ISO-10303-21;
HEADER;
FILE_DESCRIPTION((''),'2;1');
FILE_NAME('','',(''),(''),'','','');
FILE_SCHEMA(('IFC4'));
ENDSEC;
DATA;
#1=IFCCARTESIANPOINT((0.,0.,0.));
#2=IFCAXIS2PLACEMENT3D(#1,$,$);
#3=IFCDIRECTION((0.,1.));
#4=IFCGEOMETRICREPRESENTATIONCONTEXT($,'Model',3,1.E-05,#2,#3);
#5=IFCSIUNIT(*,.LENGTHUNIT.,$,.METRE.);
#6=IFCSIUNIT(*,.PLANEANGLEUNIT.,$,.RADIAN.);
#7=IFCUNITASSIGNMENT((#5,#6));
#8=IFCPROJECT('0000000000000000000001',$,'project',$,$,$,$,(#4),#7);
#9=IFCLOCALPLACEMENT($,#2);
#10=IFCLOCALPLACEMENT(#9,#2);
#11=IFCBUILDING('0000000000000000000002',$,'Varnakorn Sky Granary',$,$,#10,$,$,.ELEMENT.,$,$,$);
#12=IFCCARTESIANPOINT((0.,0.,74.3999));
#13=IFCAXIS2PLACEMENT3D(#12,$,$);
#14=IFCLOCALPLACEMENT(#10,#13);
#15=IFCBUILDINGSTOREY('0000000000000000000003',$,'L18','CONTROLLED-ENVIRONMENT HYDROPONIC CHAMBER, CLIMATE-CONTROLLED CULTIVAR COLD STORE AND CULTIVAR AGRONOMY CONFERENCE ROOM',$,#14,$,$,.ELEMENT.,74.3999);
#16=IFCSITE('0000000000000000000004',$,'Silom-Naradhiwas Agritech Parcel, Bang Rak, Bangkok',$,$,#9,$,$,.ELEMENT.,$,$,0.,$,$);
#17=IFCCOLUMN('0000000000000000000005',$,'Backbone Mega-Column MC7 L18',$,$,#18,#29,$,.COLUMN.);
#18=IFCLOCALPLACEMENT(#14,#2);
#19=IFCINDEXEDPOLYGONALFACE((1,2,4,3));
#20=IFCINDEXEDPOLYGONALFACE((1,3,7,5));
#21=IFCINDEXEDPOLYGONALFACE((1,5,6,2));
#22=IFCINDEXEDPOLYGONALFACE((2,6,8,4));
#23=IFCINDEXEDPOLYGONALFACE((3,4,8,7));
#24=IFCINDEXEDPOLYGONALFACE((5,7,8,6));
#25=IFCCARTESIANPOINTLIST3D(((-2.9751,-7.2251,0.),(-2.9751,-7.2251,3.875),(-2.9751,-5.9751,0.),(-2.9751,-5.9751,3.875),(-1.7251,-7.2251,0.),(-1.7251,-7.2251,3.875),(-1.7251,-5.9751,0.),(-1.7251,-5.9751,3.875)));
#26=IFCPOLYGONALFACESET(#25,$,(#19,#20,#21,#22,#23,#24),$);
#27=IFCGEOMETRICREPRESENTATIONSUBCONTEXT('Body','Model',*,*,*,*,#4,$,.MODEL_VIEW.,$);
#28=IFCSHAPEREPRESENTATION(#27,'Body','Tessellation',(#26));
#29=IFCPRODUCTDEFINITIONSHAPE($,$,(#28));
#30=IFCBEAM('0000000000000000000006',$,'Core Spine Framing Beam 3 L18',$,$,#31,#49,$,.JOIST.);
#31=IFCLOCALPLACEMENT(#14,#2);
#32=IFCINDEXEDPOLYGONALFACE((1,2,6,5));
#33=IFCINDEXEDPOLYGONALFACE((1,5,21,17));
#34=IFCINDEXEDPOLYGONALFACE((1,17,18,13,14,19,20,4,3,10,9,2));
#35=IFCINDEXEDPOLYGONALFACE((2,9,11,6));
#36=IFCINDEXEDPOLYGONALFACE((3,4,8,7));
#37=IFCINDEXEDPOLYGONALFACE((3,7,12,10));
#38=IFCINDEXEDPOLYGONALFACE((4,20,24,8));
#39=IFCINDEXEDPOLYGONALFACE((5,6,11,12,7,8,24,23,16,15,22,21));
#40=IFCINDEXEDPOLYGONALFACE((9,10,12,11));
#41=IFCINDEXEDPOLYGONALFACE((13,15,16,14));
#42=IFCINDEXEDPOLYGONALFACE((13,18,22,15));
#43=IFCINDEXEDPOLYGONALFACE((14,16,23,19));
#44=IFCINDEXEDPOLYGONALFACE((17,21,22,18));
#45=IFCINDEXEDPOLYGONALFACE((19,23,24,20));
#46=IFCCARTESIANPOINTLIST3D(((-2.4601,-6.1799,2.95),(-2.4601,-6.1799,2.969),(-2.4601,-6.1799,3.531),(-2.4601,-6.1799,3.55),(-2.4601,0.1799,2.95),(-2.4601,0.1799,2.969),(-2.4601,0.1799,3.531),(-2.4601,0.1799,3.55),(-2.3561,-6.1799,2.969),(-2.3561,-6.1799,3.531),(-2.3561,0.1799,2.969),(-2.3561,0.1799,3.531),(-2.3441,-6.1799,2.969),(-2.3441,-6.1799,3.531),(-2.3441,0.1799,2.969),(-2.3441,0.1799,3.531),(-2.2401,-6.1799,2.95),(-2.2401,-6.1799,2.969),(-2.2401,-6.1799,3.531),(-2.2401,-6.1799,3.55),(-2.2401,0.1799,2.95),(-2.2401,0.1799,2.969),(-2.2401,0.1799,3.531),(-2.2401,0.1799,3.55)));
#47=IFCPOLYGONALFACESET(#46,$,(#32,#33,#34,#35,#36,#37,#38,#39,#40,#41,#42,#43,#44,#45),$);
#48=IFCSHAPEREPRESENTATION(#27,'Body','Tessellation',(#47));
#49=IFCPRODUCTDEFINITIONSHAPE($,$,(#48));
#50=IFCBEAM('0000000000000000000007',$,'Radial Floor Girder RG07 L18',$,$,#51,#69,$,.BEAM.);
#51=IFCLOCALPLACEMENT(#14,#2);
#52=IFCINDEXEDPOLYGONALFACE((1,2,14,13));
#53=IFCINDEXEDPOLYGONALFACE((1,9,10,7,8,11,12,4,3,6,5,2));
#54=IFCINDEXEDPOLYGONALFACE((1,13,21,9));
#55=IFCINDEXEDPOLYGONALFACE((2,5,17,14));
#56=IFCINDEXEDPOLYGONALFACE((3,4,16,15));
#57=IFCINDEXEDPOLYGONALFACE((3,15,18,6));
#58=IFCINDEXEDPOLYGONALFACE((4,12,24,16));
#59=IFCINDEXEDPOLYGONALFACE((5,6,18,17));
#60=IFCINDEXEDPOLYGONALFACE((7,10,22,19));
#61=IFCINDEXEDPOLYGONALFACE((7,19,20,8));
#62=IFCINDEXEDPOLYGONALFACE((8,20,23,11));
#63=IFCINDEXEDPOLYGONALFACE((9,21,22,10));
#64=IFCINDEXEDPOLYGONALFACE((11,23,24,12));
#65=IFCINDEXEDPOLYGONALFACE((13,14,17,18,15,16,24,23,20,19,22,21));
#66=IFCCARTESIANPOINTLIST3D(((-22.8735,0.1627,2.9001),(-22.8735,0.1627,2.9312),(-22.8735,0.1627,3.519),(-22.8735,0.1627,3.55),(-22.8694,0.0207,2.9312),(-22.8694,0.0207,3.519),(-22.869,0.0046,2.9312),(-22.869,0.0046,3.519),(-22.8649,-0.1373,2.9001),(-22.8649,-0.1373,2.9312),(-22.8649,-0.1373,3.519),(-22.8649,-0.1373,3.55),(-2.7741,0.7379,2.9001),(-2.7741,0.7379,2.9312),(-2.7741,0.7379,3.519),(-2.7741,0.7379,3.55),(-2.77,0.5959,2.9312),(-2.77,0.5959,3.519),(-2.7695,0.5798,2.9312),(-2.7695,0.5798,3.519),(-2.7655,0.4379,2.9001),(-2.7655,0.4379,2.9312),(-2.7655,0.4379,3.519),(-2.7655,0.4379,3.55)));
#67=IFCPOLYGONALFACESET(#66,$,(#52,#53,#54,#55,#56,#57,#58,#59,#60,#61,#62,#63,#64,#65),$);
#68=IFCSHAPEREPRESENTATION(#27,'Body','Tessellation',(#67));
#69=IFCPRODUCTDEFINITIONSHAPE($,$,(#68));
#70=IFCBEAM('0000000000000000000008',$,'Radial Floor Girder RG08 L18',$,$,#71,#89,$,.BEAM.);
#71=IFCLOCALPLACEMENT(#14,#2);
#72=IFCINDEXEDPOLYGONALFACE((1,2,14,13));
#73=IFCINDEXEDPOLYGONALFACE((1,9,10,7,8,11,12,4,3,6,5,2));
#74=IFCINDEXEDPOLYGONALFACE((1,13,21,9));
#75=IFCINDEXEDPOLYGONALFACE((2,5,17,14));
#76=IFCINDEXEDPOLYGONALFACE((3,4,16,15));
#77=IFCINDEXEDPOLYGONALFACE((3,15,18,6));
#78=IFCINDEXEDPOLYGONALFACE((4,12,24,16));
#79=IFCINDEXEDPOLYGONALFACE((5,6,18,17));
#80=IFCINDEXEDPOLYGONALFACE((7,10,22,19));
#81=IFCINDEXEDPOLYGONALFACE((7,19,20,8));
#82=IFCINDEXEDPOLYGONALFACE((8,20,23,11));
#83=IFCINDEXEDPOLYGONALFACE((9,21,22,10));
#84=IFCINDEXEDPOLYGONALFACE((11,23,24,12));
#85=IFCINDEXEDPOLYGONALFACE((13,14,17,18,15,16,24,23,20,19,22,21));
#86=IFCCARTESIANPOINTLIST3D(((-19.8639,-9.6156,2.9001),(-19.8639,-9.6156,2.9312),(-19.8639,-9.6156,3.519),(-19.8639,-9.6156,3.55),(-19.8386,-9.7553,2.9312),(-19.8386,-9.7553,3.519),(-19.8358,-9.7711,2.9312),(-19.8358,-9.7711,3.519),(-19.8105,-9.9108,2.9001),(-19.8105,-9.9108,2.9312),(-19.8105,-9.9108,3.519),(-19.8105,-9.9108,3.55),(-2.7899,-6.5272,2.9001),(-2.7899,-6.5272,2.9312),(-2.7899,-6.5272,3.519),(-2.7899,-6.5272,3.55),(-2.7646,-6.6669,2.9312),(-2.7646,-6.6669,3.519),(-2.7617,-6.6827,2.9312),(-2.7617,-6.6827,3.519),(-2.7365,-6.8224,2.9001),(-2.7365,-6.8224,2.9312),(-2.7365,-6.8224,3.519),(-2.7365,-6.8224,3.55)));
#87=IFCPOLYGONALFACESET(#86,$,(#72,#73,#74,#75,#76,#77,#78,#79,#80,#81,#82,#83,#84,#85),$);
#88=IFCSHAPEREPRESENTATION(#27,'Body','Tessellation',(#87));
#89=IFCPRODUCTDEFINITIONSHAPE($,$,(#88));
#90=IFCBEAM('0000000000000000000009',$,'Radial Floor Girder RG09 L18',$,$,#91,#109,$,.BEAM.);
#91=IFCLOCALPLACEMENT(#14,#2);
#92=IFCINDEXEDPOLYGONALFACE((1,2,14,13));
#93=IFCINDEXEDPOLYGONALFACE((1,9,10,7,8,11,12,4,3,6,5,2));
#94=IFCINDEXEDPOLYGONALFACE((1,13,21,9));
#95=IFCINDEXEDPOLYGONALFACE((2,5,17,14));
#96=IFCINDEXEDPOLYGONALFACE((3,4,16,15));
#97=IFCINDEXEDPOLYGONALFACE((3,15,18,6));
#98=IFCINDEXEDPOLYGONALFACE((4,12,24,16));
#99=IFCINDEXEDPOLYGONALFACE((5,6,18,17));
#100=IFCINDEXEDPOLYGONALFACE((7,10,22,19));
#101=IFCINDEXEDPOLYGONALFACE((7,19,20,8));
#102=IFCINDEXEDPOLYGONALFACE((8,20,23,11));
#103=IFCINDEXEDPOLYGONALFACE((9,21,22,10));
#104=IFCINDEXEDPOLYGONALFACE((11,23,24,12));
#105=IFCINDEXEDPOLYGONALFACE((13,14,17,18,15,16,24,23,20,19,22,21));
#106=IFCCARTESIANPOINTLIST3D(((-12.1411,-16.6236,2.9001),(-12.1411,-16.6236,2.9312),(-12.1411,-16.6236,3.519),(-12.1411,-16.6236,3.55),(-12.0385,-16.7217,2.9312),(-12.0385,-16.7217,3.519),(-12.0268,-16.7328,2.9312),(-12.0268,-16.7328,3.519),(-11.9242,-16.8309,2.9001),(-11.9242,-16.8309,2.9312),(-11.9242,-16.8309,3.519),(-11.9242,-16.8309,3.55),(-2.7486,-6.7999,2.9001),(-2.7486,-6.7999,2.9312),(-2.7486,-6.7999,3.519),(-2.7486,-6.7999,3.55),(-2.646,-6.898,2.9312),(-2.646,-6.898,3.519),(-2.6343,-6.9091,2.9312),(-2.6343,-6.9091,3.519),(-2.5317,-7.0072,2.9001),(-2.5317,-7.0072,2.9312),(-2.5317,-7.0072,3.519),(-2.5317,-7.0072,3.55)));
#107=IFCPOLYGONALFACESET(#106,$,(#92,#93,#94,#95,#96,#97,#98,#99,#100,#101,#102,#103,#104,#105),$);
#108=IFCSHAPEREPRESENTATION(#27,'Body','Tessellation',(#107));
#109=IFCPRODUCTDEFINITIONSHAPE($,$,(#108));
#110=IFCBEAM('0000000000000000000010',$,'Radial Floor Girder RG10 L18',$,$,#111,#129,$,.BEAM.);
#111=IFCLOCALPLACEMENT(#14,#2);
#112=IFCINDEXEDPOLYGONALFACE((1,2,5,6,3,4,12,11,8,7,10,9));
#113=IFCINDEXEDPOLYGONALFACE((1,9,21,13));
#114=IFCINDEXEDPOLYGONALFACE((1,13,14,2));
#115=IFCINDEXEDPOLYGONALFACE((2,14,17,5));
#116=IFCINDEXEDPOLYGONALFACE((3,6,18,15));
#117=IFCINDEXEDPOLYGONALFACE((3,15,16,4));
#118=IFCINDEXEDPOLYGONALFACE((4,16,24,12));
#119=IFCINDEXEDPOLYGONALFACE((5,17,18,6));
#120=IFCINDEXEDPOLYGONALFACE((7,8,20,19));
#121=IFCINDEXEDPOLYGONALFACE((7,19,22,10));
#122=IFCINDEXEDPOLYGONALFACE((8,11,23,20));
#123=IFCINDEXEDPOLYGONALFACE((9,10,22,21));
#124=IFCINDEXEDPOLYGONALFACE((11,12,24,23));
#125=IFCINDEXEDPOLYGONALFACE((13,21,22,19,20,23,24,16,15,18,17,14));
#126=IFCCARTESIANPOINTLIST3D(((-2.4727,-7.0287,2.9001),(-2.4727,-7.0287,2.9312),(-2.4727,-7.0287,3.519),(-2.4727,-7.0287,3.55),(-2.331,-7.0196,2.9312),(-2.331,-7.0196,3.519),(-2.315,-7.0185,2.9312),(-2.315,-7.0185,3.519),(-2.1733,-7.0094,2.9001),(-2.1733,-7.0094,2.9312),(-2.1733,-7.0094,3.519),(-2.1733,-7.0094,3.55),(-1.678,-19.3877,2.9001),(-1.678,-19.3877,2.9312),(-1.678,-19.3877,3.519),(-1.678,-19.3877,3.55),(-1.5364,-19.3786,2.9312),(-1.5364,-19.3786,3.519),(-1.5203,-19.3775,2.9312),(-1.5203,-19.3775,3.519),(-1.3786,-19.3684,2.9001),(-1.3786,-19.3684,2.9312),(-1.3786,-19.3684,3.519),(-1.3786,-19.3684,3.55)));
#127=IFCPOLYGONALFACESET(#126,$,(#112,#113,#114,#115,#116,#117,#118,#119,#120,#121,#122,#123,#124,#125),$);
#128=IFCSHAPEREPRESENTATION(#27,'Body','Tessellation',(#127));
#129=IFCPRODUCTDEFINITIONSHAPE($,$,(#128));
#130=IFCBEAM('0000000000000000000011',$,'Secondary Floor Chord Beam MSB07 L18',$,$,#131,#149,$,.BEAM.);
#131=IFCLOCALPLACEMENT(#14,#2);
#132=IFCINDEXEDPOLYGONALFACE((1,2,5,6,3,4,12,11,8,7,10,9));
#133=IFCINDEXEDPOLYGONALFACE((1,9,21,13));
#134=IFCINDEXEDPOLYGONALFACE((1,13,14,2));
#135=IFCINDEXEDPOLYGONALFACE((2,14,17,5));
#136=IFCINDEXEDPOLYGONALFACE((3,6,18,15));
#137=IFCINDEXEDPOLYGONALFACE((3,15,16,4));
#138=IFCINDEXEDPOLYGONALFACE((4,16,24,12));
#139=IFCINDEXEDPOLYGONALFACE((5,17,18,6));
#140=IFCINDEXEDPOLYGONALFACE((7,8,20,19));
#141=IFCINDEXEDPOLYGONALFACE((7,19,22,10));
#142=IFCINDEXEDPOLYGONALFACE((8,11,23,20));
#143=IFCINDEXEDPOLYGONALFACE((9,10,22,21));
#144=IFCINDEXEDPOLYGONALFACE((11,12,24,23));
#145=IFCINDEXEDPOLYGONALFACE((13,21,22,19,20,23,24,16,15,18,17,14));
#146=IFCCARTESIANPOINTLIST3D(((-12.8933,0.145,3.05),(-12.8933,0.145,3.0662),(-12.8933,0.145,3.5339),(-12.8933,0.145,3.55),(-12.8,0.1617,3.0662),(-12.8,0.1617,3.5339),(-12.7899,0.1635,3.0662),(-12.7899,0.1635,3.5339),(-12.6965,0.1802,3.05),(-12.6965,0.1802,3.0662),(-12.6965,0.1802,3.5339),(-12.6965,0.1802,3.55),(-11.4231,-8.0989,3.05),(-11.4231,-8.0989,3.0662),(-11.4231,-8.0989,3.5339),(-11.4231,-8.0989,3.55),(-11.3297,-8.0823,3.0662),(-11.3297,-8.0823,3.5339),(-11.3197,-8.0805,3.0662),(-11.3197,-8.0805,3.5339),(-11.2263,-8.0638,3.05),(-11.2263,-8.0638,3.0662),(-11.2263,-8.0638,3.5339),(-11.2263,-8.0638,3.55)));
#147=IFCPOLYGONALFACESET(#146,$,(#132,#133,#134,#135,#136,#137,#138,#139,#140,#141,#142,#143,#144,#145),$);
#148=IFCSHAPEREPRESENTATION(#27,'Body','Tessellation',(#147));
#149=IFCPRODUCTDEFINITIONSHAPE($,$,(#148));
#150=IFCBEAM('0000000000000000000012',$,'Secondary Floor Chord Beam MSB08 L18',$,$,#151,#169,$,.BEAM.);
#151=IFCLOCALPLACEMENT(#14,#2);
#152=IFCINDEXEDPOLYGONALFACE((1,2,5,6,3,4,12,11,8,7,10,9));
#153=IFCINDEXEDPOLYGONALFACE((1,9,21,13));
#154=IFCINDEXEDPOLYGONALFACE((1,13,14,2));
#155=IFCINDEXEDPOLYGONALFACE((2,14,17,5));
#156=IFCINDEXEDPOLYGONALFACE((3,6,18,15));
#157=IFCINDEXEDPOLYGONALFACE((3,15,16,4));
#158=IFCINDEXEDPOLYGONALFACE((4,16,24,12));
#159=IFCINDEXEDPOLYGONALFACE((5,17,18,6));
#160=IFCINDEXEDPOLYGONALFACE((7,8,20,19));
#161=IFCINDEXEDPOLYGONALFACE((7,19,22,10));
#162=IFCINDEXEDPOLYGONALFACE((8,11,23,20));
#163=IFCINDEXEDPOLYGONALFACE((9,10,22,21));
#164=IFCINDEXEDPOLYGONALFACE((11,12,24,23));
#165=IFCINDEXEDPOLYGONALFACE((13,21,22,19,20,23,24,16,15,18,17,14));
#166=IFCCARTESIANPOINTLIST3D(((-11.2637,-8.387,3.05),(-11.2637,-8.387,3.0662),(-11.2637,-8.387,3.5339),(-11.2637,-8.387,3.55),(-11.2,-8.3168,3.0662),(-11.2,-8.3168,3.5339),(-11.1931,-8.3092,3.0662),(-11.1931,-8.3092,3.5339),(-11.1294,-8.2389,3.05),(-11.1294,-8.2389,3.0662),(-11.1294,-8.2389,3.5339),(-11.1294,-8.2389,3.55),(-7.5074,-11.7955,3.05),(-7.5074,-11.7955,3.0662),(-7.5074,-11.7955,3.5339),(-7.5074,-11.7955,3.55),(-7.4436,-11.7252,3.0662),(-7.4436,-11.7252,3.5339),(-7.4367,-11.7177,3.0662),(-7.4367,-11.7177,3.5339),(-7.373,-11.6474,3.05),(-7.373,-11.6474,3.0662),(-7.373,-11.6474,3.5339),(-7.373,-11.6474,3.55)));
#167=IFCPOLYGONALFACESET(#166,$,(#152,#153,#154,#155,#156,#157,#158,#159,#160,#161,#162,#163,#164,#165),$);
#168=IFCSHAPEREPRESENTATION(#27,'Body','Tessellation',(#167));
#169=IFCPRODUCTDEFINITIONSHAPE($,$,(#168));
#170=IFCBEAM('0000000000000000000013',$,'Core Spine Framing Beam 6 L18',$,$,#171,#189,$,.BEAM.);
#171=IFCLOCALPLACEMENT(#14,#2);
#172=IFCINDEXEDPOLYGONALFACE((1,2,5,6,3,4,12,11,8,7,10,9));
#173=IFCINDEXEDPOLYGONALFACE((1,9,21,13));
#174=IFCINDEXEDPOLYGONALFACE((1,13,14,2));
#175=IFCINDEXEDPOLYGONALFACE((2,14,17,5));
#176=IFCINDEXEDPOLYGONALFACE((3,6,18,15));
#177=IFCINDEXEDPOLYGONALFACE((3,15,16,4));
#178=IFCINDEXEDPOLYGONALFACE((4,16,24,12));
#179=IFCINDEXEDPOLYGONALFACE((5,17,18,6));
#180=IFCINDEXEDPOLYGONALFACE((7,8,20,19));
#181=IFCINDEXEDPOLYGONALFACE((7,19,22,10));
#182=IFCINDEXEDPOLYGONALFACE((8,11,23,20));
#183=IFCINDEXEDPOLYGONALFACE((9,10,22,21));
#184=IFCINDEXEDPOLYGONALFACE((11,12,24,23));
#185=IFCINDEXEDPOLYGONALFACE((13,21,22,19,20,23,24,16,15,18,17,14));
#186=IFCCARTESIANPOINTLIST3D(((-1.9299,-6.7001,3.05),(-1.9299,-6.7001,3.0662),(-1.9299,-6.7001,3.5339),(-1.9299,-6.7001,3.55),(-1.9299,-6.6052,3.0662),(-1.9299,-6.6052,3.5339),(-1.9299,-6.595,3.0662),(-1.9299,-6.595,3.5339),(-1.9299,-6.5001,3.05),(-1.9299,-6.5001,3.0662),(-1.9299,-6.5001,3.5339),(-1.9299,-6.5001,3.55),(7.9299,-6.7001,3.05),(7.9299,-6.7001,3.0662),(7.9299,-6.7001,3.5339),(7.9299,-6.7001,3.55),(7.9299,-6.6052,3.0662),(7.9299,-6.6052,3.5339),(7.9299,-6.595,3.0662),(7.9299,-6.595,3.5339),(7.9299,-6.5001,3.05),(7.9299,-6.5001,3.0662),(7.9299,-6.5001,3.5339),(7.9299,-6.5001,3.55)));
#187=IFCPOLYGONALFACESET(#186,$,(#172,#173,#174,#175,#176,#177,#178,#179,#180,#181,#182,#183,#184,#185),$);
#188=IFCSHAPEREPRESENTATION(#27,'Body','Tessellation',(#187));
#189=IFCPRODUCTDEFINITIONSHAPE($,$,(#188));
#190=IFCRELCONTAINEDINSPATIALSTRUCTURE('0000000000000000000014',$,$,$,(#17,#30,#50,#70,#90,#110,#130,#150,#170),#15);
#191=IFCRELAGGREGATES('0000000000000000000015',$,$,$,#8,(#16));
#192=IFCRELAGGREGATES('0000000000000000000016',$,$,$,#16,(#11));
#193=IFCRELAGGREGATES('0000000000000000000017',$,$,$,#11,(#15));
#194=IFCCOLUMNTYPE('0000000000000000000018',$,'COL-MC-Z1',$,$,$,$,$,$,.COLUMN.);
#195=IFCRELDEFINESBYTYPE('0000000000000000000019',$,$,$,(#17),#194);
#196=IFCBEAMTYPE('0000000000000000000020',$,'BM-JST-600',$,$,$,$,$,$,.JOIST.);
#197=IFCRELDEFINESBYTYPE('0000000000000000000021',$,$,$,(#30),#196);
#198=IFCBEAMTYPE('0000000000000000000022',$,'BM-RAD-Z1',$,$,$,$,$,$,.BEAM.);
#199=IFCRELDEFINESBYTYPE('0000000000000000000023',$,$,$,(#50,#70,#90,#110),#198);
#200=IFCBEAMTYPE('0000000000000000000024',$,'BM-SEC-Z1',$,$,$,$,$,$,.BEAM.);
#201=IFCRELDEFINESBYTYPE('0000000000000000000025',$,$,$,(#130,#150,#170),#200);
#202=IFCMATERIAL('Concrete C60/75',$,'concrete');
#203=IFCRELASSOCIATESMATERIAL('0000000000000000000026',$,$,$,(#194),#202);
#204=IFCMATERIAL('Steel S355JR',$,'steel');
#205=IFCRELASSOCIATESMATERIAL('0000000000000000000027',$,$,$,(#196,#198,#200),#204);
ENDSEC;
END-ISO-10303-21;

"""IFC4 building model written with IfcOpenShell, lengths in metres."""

from ifc_helpers import new_model, si_unit, direction, frame, origin, origin_2d, place, context, subcontext, project, spatial, rectangle, i_section, extrude, material, material_profile, profile_set, type_object, element, save


model = new_model("IFC4")

# Units and contexts
model_context = context("Model", 3, precision=1e-05, world=origin(), true_north=direction((0.0, 1.0)))
body_context = subcontext(model_context, "Body", "Model", "MODEL_VIEW")
ifc_project = project(units=[si_unit("LENGTHUNIT", "METRE"), si_unit("PLANEANGLEUNIT", "RADIAN")], contexts=[model_context])

# Site, building, storey
site_placement = place(None, origin())
site = spatial("IfcSite", under=ifc_project, at=site_placement, Name="Silom-Naradhiwas Agritech Parcel, Bang Rak, Bangkok", CompositionType="ELEMENT", RefElevation=0.0)
building_placement = place(site_placement, origin())
building = spatial("IfcBuilding", under=site, at=building_placement, Name="Varnakorn Sky Granary", CompositionType="ELEMENT")
storey_placement = place(building_placement, frame((0.0, 0.0, 74.3999)))
storey = spatial("IfcBuildingStorey", under=building, at=storey_placement, Name="L18", Description="CONTROLLED-ENVIRONMENT HYDROPONIC CHAMBER, CLIMATE-CONTROLLED CULTIVAR COLD STORE AND CULTIVAR AGRONOMY CONFERENCE ROOM", CompositionType="ELEMENT", Elevation=74.3999)

# Column
ifc_material_1 = material(Name="Concrete C60/75", Category="concrete")
ifc_material_profile_1 = material_profile(ifc_material_1, rectangle(XDim=1.25, YDim=1.25, at=origin_2d()), Name="RC 1250x1250")
ifc_profile_set_1 = profile_set([ifc_material_profile_1], Name="Concrete C60/75")
column_type = type_object("IfcColumnType", Name="COL-MC-Z1", PredefinedType="COLUMN", material=ifc_profile_set_1)
column_placement = place(storey_placement, frame((-2.3501, -6.6001, 0.0), z_axis=(0.0, 0.0, 1.0), x_axis=(1.0, 0.0, 0.0)))
element("IfcColumn", 1, at=column_placement, inside=storey, type_object=column_type, Name="Backbone Mega-Column MC7 L18", PredefinedType="COLUMN", context=body_context, shape_type="SweptSolid", body=[
    extrude(rectangle(XDim=1.25, YDim=1.25, at=origin_2d()), origin(), (0.0, 0.0, 1.0), 3.875),
])

# Beams
ifc_material_2 = material(Name="Steel S355JR", Category="steel")
ifc_material_profile_2 = material_profile(ifc_material_2, i_section(OverallWidth=0.22, OverallDepth=0.6001, WebThickness=0.012, FlangeThickness=0.019, at=origin_2d()), Name="IPE 600")
ifc_profile_set_2 = profile_set([ifc_material_profile_2], Name="Steel S355JR")
beam_type_1 = type_object("IfcBeamType", Name="BM-JST-600", PredefinedType="JOIST", material=ifc_profile_set_2)
beam_1_placement = place(storey_placement, frame((-2.3501, 0.1799, 3.25), z_axis=(0.0, -1.0, 0.0), x_axis=(1.0, 0.0, 0.0)))
element("IfcBeam", 2, at=beam_1_placement, inside=storey, type_object=beam_type_1, Name="Core Spine Framing Beam 3 L18", PredefinedType="JOIST", context=body_context, shape_type="SweptSolid", body=[
    extrude(i_section(OverallWidth=0.22, OverallDepth=0.6001, WebThickness=0.012, FlangeThickness=0.019, at=origin_2d()), origin(), (0.0, 0.0, 1.0), 6.3599),
])
ifc_material_profile_3 = material_profile(ifc_material_2, i_section(OverallWidth=0.3, OverallDepth=0.6499, WebThickness=0.0161, FlangeThickness=0.031, at=origin_2d()), Name="HE 650 B")
ifc_profile_set_3 = profile_set([ifc_material_profile_3], Name="Steel S355JR")
beam_type_2 = type_object("IfcBeamType", Name="BM-RAD-Z1", PredefinedType="BEAM", material=ifc_profile_set_3)
beam_2_placement = place(storey_placement, frame((-2.7698, 0.5879, 3.2251), z_axis=(-0.999591, -0.028606, 0.0), x_axis=(0.028606, -0.999591, 0.0)))
element("IfcBeam", 3, at=beam_2_placement, inside=storey, type_object=beam_type_2, Name="Radial Floor Girder RG07 L18", PredefinedType="BEAM", context=body_context, shape_type="SweptSolid", body=[
    extrude(i_section(OverallWidth=0.3, OverallDepth=0.6499, WebThickness=0.0161, FlangeThickness=0.031, at=origin_2d()), origin(), (0.0, 0.0, 1.0), 20.1077),
])
beam_3_placement = place(storey_placement, frame((-2.7632, -6.6748, 3.2251), z_axis=(-0.984032, -0.177994, 0.0), x_axis=(0.177994, -0.984032, 0.0)))
element("IfcBeam", 4, at=beam_3_placement, inside=storey, type_object=beam_type_2, Name="Radial Floor Girder RG08 L18", PredefinedType="BEAM", context=body_context, shape_type="SweptSolid", body=[
    extrude(i_section(OverallWidth=0.3, OverallDepth=0.6499, WebThickness=0.0161, FlangeThickness=0.031, at=origin_2d()), origin(), (0.0, 0.0, 1.0), 17.3511),
])
beam_4_placement = place(storey_placement, frame((-2.6401, -6.9036, 3.2251), z_axis=(-0.691068, -0.72279, 0.0), x_axis=(0.72279, -0.691068, 0.0)))
element("IfcBeam", 5, at=beam_4_placement, inside=storey, type_object=beam_type_2, Name="Radial Floor Girder RG09 L18", PredefinedType="BEAM", context=body_context, shape_type="SweptSolid", body=[
    extrude(i_section(OverallWidth=0.3, OverallDepth=0.6499, WebThickness=0.0161, FlangeThickness=0.031, at=origin_2d()), origin(), (0.0, 0.0, 1.0), 13.5913),
])
beam_5_placement = place(storey_placement, frame((-2.323, -7.019, 3.2251), z_axis=(0.064168, -0.997939, 0.0), x_axis=(0.997939, 0.064168, 0.0)))
element("IfcBeam", 6, at=beam_5_placement, inside=storey, type_object=beam_type_2, Name="Radial Floor Girder RG10 L18", PredefinedType="BEAM", context=body_context, shape_type="SweptSolid", body=[
    extrude(i_section(OverallWidth=0.3, OverallDepth=0.6499, WebThickness=0.0161, FlangeThickness=0.031, at=origin_2d()), origin(), (0.0, 0.0, 1.0), 12.3845),
])
ifc_material_profile_4 = material_profile(ifc_material_2, i_section(OverallWidth=0.2, OverallDepth=0.5, WebThickness=0.0103, FlangeThickness=0.0161, at=origin_2d()), Name="IPE 500")
ifc_profile_set_4 = profile_set([ifc_material_profile_4], Name="Steel S355JR")
beam_type_3 = type_object("IfcBeamType", Name="BM-SEC-Z1", PredefinedType="BEAM", material=ifc_profile_set_4)
beam_6_placement = place(storey_placement, frame((-12.7949, 0.1626, 3.3), z_axis=(0.17557, -0.984467, 0.0), x_axis=(0.984467, 0.17557, 0.0)))
element("IfcBeam", 7, at=beam_6_placement, inside=storey, type_object=beam_type_3, Name="Secondary Floor Chord Beam MSB07 L18", PredefinedType="BEAM", context=body_context, shape_type="SweptSolid", body=[
    extrude(i_section(OverallWidth=0.2, OverallDepth=0.5, WebThickness=0.0103, FlangeThickness=0.0161, at=origin_2d()), origin(), (0.0, 0.0, 1.0), 8.374),
])
beam_7_placement = place(storey_placement, frame((-11.1965, -8.313, 3.3), z_axis=(0.740569, -0.67198, 0.0), x_axis=(0.67198, 0.740569, 0.0)))
element("IfcBeam", 8, at=beam_7_placement, inside=storey, type_object=beam_type_3, Name="Secondary Floor Chord Beam MSB08 L18", PredefinedType="BEAM", context=body_context, shape_type="SweptSolid", body=[
    extrude(i_section(OverallWidth=0.2, OverallDepth=0.5, WebThickness=0.0103, FlangeThickness=0.0161, at=origin_2d()), origin(), (0.0, 0.0, 1.0), 5.0723),
])
beam_8_placement = place(storey_placement, frame((-1.9299, -6.6001, 3.3), z_axis=(1.0, 0.0, 0.0), x_axis=(0.0, 1.0, 0.0)))
element("IfcBeam", 9, at=beam_8_placement, inside=storey, type_object=beam_type_3, Name="Core Spine Framing Beam 6 L18", PredefinedType="BEAM", context=body_context, shape_type="SweptSolid", body=[
    extrude(i_section(OverallWidth=0.2, OverallDepth=0.5, WebThickness=0.0103, FlangeThickness=0.0161, at=origin_2d()), origin(), (0.0, 0.0, 1.0), 9.8599),
])

save(model, "model.ifc")
